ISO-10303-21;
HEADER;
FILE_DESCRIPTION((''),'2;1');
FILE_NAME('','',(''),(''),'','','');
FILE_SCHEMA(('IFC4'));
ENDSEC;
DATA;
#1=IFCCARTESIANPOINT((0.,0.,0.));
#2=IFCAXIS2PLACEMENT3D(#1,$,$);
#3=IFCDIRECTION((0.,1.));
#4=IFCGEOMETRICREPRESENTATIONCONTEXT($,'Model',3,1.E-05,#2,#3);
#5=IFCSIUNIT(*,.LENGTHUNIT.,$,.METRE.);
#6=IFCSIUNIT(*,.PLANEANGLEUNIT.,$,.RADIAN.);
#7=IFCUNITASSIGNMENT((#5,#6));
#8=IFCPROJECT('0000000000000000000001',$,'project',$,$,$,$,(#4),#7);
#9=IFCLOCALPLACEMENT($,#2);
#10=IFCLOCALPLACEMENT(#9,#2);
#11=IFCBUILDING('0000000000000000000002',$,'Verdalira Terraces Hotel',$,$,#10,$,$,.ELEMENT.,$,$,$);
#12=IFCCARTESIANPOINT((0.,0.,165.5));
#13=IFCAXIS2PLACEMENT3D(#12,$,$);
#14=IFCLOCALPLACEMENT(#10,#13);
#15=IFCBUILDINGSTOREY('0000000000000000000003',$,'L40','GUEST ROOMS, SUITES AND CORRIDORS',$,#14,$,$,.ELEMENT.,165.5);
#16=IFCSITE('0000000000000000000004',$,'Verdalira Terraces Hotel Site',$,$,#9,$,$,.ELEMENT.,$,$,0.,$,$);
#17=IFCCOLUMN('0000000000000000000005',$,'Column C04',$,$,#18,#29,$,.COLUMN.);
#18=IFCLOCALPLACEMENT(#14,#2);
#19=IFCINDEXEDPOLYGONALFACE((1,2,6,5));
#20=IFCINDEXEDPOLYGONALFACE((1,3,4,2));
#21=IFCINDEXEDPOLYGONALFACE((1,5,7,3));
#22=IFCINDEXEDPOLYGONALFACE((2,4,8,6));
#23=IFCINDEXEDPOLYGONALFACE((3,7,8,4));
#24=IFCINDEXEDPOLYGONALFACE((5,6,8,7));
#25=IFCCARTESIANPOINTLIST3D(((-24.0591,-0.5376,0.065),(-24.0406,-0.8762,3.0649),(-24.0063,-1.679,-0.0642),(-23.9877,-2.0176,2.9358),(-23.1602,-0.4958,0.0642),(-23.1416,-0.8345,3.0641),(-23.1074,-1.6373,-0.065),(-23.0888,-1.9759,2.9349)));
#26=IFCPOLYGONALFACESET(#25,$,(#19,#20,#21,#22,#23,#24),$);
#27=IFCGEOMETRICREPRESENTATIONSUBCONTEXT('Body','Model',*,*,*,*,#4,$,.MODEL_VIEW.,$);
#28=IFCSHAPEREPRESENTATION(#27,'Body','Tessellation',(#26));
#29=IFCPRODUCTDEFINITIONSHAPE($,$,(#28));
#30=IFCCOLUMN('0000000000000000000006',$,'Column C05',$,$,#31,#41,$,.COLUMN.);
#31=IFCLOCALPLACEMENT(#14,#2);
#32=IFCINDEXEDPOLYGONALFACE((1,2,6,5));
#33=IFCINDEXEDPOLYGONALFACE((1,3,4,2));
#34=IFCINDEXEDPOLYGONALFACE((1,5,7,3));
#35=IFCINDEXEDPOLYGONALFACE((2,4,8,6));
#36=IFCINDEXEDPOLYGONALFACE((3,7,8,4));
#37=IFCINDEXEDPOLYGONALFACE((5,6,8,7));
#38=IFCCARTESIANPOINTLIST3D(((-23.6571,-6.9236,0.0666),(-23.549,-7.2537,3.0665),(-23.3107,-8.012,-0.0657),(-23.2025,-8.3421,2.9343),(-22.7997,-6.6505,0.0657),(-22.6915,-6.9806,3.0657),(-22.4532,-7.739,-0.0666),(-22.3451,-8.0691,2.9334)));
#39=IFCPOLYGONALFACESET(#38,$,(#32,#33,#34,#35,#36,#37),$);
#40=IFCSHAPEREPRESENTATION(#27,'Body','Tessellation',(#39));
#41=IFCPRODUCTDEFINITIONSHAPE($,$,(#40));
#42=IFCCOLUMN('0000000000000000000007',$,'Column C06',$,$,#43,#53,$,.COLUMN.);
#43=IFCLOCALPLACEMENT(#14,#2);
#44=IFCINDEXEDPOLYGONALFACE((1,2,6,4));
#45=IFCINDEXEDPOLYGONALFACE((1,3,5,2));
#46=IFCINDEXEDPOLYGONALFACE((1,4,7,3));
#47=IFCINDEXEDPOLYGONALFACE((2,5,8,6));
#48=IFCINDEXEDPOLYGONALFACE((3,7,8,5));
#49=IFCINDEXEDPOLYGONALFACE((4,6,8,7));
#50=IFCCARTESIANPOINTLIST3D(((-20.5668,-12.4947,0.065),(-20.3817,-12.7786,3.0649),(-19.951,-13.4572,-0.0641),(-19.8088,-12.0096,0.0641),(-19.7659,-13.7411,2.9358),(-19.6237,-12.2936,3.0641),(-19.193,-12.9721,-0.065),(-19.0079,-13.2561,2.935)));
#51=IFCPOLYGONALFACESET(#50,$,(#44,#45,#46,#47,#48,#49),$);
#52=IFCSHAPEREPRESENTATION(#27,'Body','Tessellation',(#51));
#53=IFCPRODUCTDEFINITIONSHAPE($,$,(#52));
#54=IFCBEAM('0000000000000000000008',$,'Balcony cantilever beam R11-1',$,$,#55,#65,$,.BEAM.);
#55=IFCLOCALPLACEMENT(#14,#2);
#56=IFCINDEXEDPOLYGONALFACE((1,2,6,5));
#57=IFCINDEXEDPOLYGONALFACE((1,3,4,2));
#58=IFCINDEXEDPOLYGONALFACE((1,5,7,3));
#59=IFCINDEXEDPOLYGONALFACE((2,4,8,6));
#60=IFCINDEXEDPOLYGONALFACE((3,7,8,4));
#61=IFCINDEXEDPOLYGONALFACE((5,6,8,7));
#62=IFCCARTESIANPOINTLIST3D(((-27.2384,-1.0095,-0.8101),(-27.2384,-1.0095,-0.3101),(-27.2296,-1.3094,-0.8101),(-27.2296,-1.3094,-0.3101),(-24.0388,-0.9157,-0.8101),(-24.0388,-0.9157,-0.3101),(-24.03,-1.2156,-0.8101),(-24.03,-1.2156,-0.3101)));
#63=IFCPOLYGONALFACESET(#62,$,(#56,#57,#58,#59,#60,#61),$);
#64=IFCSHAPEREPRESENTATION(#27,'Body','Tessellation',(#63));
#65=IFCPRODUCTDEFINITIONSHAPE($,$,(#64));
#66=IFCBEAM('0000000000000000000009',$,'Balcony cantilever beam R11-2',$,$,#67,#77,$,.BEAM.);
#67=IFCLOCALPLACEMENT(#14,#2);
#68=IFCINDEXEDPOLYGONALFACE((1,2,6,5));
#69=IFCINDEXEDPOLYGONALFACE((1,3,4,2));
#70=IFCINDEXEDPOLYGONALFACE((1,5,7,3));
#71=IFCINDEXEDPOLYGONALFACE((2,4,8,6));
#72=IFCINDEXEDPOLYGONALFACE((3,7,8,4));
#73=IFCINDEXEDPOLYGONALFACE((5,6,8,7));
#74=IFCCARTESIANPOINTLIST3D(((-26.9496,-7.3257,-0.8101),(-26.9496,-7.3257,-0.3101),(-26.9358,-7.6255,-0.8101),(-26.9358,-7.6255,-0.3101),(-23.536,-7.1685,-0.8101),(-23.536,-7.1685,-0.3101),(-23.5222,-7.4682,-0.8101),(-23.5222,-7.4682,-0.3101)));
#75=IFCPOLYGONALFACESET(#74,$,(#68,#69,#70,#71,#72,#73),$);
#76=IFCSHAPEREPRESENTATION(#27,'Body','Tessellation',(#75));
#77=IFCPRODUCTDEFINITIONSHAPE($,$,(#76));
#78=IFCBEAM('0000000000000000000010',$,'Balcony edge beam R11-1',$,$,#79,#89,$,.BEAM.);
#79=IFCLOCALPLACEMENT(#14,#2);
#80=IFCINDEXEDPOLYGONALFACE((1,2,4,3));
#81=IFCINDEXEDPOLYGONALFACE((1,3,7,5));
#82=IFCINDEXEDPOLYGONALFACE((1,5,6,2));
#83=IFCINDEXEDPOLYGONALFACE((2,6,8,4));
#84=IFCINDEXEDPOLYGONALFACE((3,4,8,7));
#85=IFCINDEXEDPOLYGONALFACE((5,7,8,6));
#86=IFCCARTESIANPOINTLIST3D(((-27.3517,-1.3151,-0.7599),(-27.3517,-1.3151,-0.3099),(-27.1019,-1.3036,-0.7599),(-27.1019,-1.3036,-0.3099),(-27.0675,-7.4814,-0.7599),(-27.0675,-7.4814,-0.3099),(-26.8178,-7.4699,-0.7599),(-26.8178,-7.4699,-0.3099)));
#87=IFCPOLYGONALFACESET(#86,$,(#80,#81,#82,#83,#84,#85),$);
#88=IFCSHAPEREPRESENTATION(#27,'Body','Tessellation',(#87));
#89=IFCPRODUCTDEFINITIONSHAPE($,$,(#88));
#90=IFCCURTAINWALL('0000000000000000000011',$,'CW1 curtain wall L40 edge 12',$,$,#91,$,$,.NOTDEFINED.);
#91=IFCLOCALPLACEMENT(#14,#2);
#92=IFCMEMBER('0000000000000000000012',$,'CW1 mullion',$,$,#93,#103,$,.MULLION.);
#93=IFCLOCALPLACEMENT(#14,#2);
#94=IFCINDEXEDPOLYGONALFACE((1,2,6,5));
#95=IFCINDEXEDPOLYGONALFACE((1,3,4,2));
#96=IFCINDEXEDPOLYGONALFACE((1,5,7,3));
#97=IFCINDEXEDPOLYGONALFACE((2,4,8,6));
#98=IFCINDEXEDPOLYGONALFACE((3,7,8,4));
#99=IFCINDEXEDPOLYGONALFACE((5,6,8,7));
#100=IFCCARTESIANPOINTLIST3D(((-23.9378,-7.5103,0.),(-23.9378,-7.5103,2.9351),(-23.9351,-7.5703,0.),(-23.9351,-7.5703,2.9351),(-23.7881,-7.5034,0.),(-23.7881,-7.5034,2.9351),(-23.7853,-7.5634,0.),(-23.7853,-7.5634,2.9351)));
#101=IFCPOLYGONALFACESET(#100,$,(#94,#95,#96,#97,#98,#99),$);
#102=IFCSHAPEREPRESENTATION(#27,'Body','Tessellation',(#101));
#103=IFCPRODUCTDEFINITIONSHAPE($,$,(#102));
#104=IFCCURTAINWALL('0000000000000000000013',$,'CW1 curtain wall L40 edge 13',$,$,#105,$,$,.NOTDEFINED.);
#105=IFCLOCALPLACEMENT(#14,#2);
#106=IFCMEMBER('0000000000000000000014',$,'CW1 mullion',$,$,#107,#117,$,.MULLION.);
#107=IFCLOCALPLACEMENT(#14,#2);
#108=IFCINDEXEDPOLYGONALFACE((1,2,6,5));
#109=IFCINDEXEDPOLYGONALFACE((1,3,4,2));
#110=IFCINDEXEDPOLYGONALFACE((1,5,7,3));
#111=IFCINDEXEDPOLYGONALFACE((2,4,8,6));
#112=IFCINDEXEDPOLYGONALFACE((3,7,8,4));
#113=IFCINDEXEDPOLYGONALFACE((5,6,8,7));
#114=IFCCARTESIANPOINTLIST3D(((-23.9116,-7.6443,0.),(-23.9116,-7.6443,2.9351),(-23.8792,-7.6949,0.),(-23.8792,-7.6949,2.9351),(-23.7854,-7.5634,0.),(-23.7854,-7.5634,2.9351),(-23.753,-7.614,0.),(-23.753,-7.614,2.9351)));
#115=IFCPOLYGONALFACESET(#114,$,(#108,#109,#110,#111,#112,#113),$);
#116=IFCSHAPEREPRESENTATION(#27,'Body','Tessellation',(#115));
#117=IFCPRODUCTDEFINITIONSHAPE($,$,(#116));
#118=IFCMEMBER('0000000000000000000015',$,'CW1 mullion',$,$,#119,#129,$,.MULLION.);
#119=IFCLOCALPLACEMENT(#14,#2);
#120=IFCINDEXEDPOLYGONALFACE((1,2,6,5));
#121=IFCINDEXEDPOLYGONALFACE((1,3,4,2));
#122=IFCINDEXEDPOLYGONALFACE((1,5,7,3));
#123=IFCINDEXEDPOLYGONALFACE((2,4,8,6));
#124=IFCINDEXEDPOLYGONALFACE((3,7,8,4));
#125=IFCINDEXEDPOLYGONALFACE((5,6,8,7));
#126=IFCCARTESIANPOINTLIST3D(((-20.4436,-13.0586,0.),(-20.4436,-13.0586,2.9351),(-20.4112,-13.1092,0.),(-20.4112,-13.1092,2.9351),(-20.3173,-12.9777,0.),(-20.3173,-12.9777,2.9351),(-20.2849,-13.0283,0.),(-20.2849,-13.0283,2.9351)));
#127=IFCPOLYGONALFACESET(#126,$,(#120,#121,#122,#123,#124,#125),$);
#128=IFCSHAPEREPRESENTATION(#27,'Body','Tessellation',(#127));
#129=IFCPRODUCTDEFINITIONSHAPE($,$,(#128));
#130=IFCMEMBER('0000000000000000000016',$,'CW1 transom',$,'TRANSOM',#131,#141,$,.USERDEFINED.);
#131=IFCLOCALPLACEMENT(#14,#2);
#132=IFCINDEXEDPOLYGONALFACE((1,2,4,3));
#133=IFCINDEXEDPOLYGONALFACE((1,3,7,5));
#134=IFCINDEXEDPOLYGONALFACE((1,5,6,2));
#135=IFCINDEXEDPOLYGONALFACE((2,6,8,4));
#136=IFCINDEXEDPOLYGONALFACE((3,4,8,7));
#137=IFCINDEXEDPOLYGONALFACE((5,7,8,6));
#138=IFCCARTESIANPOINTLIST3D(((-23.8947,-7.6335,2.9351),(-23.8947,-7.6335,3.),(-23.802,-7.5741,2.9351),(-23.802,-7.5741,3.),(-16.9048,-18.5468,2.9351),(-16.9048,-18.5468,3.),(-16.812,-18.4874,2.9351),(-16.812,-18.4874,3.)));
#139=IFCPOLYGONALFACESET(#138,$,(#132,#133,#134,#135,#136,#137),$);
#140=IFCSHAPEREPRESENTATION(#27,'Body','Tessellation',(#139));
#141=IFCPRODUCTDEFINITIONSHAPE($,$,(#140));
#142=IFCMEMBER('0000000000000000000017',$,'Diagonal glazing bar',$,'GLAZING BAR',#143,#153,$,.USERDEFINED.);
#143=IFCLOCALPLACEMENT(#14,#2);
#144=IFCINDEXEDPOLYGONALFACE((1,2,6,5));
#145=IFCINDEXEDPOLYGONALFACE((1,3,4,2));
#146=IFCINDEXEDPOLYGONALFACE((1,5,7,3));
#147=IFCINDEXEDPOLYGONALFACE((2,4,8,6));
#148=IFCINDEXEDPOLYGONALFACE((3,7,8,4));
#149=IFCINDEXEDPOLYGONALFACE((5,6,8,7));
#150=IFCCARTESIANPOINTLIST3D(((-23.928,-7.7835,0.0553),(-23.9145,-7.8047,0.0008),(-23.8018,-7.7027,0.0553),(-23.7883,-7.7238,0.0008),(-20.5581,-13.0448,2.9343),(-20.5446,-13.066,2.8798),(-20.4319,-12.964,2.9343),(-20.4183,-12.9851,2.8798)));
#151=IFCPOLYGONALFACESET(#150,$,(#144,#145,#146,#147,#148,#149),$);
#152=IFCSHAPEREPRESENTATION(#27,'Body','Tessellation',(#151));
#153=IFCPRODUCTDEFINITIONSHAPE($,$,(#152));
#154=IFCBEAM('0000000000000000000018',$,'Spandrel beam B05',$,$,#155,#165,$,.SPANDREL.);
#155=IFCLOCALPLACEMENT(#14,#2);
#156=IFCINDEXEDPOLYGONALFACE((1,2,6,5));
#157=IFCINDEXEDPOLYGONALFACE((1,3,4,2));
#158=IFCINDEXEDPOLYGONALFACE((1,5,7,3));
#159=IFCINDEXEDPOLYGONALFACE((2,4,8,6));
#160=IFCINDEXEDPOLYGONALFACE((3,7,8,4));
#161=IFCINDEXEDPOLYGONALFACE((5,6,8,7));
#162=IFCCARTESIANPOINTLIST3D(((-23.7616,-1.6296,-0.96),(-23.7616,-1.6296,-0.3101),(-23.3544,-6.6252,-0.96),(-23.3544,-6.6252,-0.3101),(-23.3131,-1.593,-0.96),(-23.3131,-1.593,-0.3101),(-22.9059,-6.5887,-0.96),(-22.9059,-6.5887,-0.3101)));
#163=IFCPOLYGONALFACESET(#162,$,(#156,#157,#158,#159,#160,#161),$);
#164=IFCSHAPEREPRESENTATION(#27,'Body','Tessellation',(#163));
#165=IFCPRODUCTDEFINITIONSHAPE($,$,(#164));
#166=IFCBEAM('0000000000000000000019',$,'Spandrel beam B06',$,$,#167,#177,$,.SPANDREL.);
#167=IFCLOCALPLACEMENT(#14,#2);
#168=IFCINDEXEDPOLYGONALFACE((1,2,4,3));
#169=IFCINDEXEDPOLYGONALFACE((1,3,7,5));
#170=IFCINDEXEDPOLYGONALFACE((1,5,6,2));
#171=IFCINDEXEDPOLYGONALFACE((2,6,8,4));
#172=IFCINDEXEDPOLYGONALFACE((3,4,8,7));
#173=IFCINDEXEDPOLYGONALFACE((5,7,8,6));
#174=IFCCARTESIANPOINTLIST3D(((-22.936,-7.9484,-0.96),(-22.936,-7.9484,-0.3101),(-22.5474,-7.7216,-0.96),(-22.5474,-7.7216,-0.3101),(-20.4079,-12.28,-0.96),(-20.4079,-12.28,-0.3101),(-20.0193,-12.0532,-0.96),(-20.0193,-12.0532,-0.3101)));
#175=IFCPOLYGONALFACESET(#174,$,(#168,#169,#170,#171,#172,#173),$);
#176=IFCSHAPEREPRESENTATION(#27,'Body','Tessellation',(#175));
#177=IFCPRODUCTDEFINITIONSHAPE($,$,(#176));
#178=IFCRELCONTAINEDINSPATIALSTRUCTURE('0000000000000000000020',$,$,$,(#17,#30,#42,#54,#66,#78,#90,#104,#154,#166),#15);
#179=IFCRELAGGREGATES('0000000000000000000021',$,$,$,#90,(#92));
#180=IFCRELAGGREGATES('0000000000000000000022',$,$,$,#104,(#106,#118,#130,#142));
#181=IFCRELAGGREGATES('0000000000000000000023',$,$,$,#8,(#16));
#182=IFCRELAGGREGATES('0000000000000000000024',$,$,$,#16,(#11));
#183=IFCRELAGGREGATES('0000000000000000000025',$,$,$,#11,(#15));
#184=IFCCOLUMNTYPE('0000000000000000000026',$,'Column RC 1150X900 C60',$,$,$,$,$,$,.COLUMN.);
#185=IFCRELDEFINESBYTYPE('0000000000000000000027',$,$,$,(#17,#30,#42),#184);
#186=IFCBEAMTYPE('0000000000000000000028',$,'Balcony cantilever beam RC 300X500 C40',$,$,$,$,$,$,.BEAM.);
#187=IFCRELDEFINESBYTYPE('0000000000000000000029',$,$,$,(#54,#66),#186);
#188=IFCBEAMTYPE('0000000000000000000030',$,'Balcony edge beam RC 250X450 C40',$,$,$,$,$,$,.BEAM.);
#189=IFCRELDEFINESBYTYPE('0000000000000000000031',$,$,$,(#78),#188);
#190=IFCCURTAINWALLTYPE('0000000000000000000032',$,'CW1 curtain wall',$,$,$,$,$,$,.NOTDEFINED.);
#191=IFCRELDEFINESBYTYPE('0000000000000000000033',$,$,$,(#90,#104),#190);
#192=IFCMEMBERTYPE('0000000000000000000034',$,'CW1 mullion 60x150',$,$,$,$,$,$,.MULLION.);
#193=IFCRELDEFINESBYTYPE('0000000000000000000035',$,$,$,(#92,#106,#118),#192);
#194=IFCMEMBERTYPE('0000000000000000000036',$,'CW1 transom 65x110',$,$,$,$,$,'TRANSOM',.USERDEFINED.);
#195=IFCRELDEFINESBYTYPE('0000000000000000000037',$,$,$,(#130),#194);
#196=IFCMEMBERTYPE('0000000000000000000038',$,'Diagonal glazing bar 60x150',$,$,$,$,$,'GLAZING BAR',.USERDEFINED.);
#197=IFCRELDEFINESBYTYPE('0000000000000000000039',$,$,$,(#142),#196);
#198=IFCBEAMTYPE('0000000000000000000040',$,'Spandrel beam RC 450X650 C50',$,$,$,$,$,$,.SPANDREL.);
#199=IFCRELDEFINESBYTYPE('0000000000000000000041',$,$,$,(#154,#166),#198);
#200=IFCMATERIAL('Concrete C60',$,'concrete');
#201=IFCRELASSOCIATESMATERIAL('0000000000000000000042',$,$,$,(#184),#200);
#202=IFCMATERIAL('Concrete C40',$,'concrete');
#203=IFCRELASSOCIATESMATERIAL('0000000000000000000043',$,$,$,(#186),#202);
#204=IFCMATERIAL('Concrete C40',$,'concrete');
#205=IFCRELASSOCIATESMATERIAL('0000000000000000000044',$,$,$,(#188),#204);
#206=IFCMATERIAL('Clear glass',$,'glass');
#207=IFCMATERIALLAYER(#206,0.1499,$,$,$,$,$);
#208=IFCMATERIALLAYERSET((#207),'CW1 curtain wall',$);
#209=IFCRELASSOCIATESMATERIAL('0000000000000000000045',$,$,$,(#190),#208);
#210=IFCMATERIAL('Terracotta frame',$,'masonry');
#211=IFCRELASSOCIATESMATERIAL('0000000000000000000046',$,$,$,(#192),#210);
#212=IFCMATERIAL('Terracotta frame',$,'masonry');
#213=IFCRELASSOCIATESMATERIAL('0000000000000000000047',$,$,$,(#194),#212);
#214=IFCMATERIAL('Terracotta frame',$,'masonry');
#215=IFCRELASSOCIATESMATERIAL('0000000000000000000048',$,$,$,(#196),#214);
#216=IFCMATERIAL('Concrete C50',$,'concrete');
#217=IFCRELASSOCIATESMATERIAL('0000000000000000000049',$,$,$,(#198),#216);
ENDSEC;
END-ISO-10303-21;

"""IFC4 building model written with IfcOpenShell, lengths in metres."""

from ifc_helpers import new_model, si_unit, direction, frame, origin, origin_2d, place, context, subcontext, project, spatial, rectangle, extrude, material, layer, layer_set, material_profile, profile_set, type_object, element, aggregate, save


model = new_model("IFC4")

# Units and contexts
model_context = context("Model", 3, precision=1e-05, world=origin(), true_north=direction((0.0, 1.0)))
body_context = subcontext(model_context, "Body", "Model", "MODEL_VIEW")
ifc_project = project(units=[si_unit("LENGTHUNIT", "METRE"), si_unit("PLANEANGLEUNIT", "RADIAN")], contexts=[model_context])

# Site, building, storey
site_placement = place(None, origin())
site = spatial("IfcSite", under=ifc_project, at=site_placement, Name="Verdalira Terraces Hotel Site", CompositionType="ELEMENT", RefElevation=0.0)
building_placement = place(site_placement, origin())
building = spatial("IfcBuilding", under=site, at=building_placement, Name="Verdalira Terraces Hotel", CompositionType="ELEMENT")
storey_placement = place(building_placement, frame((0.0, 0.0, 165.5)))
storey = spatial("IfcBuildingStorey", under=building, at=storey_placement, Name="L40", Description="GUEST ROOMS, SUITES AND CORRIDORS", CompositionType="ELEMENT", Elevation=165.5)

# Columns
ifc_material_1 = material(Name="Concrete C60", Category="concrete")
ifc_material_profile_1 = material_profile(ifc_material_1, rectangle(XDim=1.1499, YDim=0.8999, at=origin_2d()), Name="RC 1150X900")
ifc_profile_set_1 = profile_set([ifc_material_profile_1], Name="Concrete C60")
column_type = type_object("IfcColumnType", Name="Column RC 1150X900 C60", PredefinedType="COLUMN", material=ifc_profile_set_1)
column_1_placement = place(storey_placement, frame((-23.5833, -1.0874, 0.0), z_axis=(0.006146, -0.11216, 0.993671), x_axis=(0.045945, -0.992609, -0.112324)))
element("IfcColumn", 1, at=column_1_placement, inside=storey, type_object=column_type, Name="Column C04", PredefinedType="COLUMN", context=body_context, shape_type="SweptSolid", body=[
    extrude(rectangle(XDim=1.1499, YDim=0.8999, at=origin_2d()), origin(), (0.0, 0.0, 1.0), 3.019),
])
column_2_placement = place(storey_placement, frame((-23.0552, -7.3313, 0.0), z_axis=(0.035812, -0.109296, 0.993364), x_axis=(-0.301282, 0.946574, 0.115009)))
element("IfcColumn", 2, at=column_2_placement, inside=storey, type_object=column_type, Name="Column C05", PredefinedType="COLUMN", context=body_context, shape_type="SweptSolid", body=[
    extrude(rectangle(XDim=1.1499, YDim=0.8999, at=origin_2d()), origin(), (0.0, 0.0, 1.0), 3.02),
])
column_3_placement = place(storey_placement, frame((-19.8799, -12.7334, 0.0), z_axis=(0.061296, -0.094047, 0.993679), x_axis=(0.535492, -0.837047, -0.112255)))
element("IfcColumn", 3, at=column_3_placement, inside=storey, type_object=column_type, Name="Column C06", PredefinedType="COLUMN", context=body_context, shape_type="SweptSolid", body=[
    extrude(rectangle(XDim=1.1499, YDim=0.8999, at=origin_2d()), origin(), (0.0, 0.0, 1.0), 3.019),
])

# Beams
ifc_material_2 = material(Name="Concrete C40", Category="concrete")
ifc_material_profile_2 = material_profile(ifc_material_2, rectangle(XDim=0.3, YDim=0.5, at=origin_2d()), Name="RC 300X500")
ifc_profile_set_2 = profile_set([ifc_material_profile_2], Name="Concrete C40")
beam_type_1 = type_object("IfcBeamType", Name="Balcony cantilever beam RC 300X500 C40", PredefinedType="BEAM", material=ifc_profile_set_2)
beam_1_placement = place(storey_placement, frame((-24.0344, -1.0657, -0.5601), z_axis=(-0.999571, -0.029289, 0.0), x_axis=(0.029289, -0.999571, 0.0)))
element("IfcBeam", 4, at=beam_1_placement, inside=storey, type_object=beam_type_1, Name="Balcony cantilever beam R11-1", PredefinedType="BEAM", context=body_context, shape_type="SweptSolid", body=[
    extrude(rectangle(XDim=0.3, YDim=0.5, at=origin_2d()), origin(), (0.0, 0.0, 1.0), 3.2009),
])
beam_2_placement = place(storey_placement, frame((-23.5291, -7.3184, -0.5601), z_axis=(-0.998941, -0.04601, 0.0), x_axis=(0.04601, -0.998941, 0.0)))
element("IfcBeam", 5, at=beam_2_placement, inside=storey, type_object=beam_type_1, Name="Balcony cantilever beam R11-2", PredefinedType="BEAM", context=body_context, shape_type="SweptSolid", body=[
    extrude(rectangle(XDim=0.3, YDim=0.5, at=origin_2d()), origin(), (0.0, 0.0, 1.0), 3.4172),
])
ifc_material_3 = material(Name="Concrete C40", Category="concrete")
ifc_material_profile_3 = material_profile(ifc_material_3, rectangle(XDim=0.25, YDim=0.45, at=origin_2d()), Name="RC 250X450")
ifc_profile_set_3 = profile_set([ifc_material_profile_3], Name="Concrete C40")
beam_type_2 = type_object("IfcBeamType", Name="Balcony edge beam RC 250X450 C40", PredefinedType="BEAM", material=ifc_profile_set_3)
beam_3_placement = place(storey_placement, frame((-27.2268, -1.3093, -0.5349), z_axis=(0.046037, -0.99894, 0.0), x_axis=(0.99894, 0.046037, 0.0)))
element("IfcBeam", 6, at=beam_3_placement, inside=storey, type_object=beam_type_2, Name="Balcony edge beam R11-1", PredefinedType="BEAM", context=body_context, shape_type="SweptSolid", body=[
    extrude(rectangle(XDim=0.25, YDim=0.45, at=origin_2d()), origin(), (0.0, 0.0, 1.0), 6.1729),
])

# Curtain wall, member
ifc_material_4 = material(Name="Clear glass", Category="glass")
ifc_layer_1 = layer(ifc_material_4, 0.1499)
ifc_layer_set_1 = layer_set([ifc_layer_1], Name="CW1 curtain wall")
curtain_wall_type_1 = type_object("IfcCurtainWallType", Name="CW1 curtain wall", PredefinedType="NOTDEFINED", material=ifc_layer_set_1)
curtain_wall_1_placement = place(storey_placement, origin())
curtain_wall_1 = element("IfcCurtainWall", 7, at=curtain_wall_1_placement, inside=storey, type_object=curtain_wall_type_1, Name="CW1 curtain wall L40 edge 12", PredefinedType="NOTDEFINED")
ifc_material_5 = material(Name="Terracotta frame", Category="masonry")
ifc_material_profile_4 = material_profile(ifc_material_5, rectangle(XDim=0.0601, YDim=0.1499, at=origin_2d()), Name="MU 60x150")
ifc_profile_set_4 = profile_set([ifc_material_profile_4], Name="Terracotta frame")
member_type_1 = type_object("IfcMemberType", Name="CW1 mullion 60x150", PredefinedType="MULLION", material=ifc_profile_set_4)
member_1_placement = place(storey_placement, frame((-23.8616, -7.5369, 0.0), z_axis=(0.0, 0.0, 1.0), x_axis=(0.04606, -0.998939, 0.0)))
member_1 = element("IfcMember", 8, at=member_1_placement, type_object=member_type_1, Name="CW1 mullion", PredefinedType="MULLION", context=body_context, shape_type="SweptSolid", body=[
    extrude(rectangle(XDim=0.0601, YDim=0.1499, at=origin_2d()), origin(), (0.0, 0.0, 1.0), 2.9351),
])

# Curtain wall, members
curtain_wall_2_placement = place(storey_placement, origin())
curtain_wall_2 = element("IfcCurtainWall", 9, at=curtain_wall_2_placement, inside=storey, type_object=curtain_wall_type_1, Name="CW1 curtain wall L40 edge 13", PredefinedType="NOTDEFINED")
member_2_placement = place(storey_placement, frame((-23.8323, -7.6292, 0.0), z_axis=(0.0, 0.0, 1.0), x_axis=(0.539359, -0.842076, 0.0)))
member_2 = element("IfcMember", 10, at=member_2_placement, type_object=member_type_1, Name="CW1 mullion", PredefinedType="MULLION", context=body_context, shape_type="SweptSolid", body=[
    extrude(rectangle(XDim=0.0601, YDim=0.1499, at=origin_2d()), origin(), (0.0, 0.0, 1.0), 2.9351),
])
member_3_placement = place(storey_placement, frame((-20.3643, -13.0435, 0.0), z_axis=(0.0, 0.0, 1.0), x_axis=(0.539359, -0.842076, 0.0)))
member_3 = element("IfcMember", 11, at=member_3_placement, type_object=member_type_1, Name="CW1 mullion", PredefinedType="MULLION", context=body_context, shape_type="SweptSolid", body=[
    extrude(rectangle(XDim=0.0601, YDim=0.1499, at=origin_2d()), origin(), (0.0, 0.0, 1.0), 2.9351),
])
ifc_material_6 = material(Name="Terracotta frame", Category="masonry")
ifc_material_profile_5 = material_profile(ifc_material_6, rectangle(XDim=0.1101, YDim=0.0649, at=origin_2d()), Name="TR 65x110")
ifc_profile_set_5 = profile_set([ifc_material_profile_5], Name="Terracotta frame")
member_type_2 = type_object("IfcMemberType", Name="CW1 transom 65x110", ElementType="TRANSOM", PredefinedType="USERDEFINED", material=ifc_profile_set_5)
member_4_placement = place(storey_placement, frame((-23.8484, -7.6038, 2.9675), z_axis=(0.539352, -0.84208, 0.0), x_axis=(0.84208, 0.539352, 0.0)))
member_4 = element("IfcMember", 12, at=member_4_placement, type_object=member_type_2, Name="CW1 transom", ObjectType="TRANSOM", PredefinedType="USERDEFINED", context=body_context, shape_type="SweptSolid", body=[
    extrude(rectangle(XDim=0.1101, YDim=0.0649, at=origin_2d()), origin(), (0.0, 0.0, 1.0), 12.96),
])
ifc_material_7 = material(Name="Terracotta frame", Category="masonry")
ifc_material_profile_6 = material_profile(ifc_material_7, rectangle(XDim=0.1499, YDim=0.0601, at=origin_2d()), Name="GB 60x150")
ifc_profile_set_6 = profile_set([ifc_material_profile_6], Name="Terracotta frame")
member_type_3 = type_object("IfcMemberType", Name="Diagonal glazing bar 60x150", ElementType="GLAZING BAR", PredefinedType="USERDEFINED", material=ifc_profile_set_6)
member_5_placement = place(storey_placement, frame((-23.8582, -7.7537, 0.0281), z_axis=(0.489857, -0.764792, 0.418489), x_axis=(0.842076, 0.539359, 0.0)))
member_5 = element("IfcMember", 13, at=member_5_placement, type_object=member_type_3, Name="Diagonal glazing bar", ObjectType="GLAZING BAR", PredefinedType="USERDEFINED", context=body_context, shape_type="SweptSolid", body=[
    extrude(rectangle(XDim=0.1499, YDim=0.0601, at=origin_2d()), origin(), (0.0, 0.0, 1.0), 6.8794),
])

# Beams
ifc_material_8 = material(Name="Concrete C50", Category="concrete")
ifc_material_profile_7 = material_profile(ifc_material_8, rectangle(XDim=0.45, YDim=0.6499, at=origin_2d()), Name="RC 450X650")
ifc_profile_set_7 = profile_set([ifc_material_profile_7], Name="Concrete C50")
beam_type_3 = type_object("IfcBeamType", Name="Spandrel beam RC 450X650 C50", PredefinedType="SPANDREL", material=ifc_profile_set_7)
beam_4_placement = place(storey_placement, frame((-23.5374, -1.6113, -0.635), z_axis=(0.081247, -0.996694, 0.0), x_axis=(0.996694, 0.081247, 0.0)))
element("IfcBeam", 14, at=beam_4_placement, inside=storey, type_object=beam_type_3, Name="Spandrel beam B05", PredefinedType="SPANDREL", context=body_context, shape_type="SweptSolid", body=[
    extrude(rectangle(XDim=0.45, YDim=0.6499, at=origin_2d()), origin(), (0.0, 0.0, 1.0), 5.0122),
])
beam_5_placement = place(storey_placement, frame((-22.7417, -7.835, -0.635), z_axis=(0.504071, -0.863662, 0.0), x_axis=(0.863662, 0.504071, 0.0)))
element("IfcBeam", 15, at=beam_5_placement, inside=storey, type_object=beam_type_3, Name="Spandrel beam B06", PredefinedType="SPANDREL", context=body_context, shape_type="SweptSolid", body=[
    extrude(rectangle(XDim=0.45, YDim=0.6499, at=origin_2d()), origin(), (0.0, 0.0, 1.0), 5.0154),
])

aggregate(curtain_wall_1, [member_1])
aggregate(curtain_wall_2, [member_2, member_3, member_4, member_5])

save(model, "model.ifc")
